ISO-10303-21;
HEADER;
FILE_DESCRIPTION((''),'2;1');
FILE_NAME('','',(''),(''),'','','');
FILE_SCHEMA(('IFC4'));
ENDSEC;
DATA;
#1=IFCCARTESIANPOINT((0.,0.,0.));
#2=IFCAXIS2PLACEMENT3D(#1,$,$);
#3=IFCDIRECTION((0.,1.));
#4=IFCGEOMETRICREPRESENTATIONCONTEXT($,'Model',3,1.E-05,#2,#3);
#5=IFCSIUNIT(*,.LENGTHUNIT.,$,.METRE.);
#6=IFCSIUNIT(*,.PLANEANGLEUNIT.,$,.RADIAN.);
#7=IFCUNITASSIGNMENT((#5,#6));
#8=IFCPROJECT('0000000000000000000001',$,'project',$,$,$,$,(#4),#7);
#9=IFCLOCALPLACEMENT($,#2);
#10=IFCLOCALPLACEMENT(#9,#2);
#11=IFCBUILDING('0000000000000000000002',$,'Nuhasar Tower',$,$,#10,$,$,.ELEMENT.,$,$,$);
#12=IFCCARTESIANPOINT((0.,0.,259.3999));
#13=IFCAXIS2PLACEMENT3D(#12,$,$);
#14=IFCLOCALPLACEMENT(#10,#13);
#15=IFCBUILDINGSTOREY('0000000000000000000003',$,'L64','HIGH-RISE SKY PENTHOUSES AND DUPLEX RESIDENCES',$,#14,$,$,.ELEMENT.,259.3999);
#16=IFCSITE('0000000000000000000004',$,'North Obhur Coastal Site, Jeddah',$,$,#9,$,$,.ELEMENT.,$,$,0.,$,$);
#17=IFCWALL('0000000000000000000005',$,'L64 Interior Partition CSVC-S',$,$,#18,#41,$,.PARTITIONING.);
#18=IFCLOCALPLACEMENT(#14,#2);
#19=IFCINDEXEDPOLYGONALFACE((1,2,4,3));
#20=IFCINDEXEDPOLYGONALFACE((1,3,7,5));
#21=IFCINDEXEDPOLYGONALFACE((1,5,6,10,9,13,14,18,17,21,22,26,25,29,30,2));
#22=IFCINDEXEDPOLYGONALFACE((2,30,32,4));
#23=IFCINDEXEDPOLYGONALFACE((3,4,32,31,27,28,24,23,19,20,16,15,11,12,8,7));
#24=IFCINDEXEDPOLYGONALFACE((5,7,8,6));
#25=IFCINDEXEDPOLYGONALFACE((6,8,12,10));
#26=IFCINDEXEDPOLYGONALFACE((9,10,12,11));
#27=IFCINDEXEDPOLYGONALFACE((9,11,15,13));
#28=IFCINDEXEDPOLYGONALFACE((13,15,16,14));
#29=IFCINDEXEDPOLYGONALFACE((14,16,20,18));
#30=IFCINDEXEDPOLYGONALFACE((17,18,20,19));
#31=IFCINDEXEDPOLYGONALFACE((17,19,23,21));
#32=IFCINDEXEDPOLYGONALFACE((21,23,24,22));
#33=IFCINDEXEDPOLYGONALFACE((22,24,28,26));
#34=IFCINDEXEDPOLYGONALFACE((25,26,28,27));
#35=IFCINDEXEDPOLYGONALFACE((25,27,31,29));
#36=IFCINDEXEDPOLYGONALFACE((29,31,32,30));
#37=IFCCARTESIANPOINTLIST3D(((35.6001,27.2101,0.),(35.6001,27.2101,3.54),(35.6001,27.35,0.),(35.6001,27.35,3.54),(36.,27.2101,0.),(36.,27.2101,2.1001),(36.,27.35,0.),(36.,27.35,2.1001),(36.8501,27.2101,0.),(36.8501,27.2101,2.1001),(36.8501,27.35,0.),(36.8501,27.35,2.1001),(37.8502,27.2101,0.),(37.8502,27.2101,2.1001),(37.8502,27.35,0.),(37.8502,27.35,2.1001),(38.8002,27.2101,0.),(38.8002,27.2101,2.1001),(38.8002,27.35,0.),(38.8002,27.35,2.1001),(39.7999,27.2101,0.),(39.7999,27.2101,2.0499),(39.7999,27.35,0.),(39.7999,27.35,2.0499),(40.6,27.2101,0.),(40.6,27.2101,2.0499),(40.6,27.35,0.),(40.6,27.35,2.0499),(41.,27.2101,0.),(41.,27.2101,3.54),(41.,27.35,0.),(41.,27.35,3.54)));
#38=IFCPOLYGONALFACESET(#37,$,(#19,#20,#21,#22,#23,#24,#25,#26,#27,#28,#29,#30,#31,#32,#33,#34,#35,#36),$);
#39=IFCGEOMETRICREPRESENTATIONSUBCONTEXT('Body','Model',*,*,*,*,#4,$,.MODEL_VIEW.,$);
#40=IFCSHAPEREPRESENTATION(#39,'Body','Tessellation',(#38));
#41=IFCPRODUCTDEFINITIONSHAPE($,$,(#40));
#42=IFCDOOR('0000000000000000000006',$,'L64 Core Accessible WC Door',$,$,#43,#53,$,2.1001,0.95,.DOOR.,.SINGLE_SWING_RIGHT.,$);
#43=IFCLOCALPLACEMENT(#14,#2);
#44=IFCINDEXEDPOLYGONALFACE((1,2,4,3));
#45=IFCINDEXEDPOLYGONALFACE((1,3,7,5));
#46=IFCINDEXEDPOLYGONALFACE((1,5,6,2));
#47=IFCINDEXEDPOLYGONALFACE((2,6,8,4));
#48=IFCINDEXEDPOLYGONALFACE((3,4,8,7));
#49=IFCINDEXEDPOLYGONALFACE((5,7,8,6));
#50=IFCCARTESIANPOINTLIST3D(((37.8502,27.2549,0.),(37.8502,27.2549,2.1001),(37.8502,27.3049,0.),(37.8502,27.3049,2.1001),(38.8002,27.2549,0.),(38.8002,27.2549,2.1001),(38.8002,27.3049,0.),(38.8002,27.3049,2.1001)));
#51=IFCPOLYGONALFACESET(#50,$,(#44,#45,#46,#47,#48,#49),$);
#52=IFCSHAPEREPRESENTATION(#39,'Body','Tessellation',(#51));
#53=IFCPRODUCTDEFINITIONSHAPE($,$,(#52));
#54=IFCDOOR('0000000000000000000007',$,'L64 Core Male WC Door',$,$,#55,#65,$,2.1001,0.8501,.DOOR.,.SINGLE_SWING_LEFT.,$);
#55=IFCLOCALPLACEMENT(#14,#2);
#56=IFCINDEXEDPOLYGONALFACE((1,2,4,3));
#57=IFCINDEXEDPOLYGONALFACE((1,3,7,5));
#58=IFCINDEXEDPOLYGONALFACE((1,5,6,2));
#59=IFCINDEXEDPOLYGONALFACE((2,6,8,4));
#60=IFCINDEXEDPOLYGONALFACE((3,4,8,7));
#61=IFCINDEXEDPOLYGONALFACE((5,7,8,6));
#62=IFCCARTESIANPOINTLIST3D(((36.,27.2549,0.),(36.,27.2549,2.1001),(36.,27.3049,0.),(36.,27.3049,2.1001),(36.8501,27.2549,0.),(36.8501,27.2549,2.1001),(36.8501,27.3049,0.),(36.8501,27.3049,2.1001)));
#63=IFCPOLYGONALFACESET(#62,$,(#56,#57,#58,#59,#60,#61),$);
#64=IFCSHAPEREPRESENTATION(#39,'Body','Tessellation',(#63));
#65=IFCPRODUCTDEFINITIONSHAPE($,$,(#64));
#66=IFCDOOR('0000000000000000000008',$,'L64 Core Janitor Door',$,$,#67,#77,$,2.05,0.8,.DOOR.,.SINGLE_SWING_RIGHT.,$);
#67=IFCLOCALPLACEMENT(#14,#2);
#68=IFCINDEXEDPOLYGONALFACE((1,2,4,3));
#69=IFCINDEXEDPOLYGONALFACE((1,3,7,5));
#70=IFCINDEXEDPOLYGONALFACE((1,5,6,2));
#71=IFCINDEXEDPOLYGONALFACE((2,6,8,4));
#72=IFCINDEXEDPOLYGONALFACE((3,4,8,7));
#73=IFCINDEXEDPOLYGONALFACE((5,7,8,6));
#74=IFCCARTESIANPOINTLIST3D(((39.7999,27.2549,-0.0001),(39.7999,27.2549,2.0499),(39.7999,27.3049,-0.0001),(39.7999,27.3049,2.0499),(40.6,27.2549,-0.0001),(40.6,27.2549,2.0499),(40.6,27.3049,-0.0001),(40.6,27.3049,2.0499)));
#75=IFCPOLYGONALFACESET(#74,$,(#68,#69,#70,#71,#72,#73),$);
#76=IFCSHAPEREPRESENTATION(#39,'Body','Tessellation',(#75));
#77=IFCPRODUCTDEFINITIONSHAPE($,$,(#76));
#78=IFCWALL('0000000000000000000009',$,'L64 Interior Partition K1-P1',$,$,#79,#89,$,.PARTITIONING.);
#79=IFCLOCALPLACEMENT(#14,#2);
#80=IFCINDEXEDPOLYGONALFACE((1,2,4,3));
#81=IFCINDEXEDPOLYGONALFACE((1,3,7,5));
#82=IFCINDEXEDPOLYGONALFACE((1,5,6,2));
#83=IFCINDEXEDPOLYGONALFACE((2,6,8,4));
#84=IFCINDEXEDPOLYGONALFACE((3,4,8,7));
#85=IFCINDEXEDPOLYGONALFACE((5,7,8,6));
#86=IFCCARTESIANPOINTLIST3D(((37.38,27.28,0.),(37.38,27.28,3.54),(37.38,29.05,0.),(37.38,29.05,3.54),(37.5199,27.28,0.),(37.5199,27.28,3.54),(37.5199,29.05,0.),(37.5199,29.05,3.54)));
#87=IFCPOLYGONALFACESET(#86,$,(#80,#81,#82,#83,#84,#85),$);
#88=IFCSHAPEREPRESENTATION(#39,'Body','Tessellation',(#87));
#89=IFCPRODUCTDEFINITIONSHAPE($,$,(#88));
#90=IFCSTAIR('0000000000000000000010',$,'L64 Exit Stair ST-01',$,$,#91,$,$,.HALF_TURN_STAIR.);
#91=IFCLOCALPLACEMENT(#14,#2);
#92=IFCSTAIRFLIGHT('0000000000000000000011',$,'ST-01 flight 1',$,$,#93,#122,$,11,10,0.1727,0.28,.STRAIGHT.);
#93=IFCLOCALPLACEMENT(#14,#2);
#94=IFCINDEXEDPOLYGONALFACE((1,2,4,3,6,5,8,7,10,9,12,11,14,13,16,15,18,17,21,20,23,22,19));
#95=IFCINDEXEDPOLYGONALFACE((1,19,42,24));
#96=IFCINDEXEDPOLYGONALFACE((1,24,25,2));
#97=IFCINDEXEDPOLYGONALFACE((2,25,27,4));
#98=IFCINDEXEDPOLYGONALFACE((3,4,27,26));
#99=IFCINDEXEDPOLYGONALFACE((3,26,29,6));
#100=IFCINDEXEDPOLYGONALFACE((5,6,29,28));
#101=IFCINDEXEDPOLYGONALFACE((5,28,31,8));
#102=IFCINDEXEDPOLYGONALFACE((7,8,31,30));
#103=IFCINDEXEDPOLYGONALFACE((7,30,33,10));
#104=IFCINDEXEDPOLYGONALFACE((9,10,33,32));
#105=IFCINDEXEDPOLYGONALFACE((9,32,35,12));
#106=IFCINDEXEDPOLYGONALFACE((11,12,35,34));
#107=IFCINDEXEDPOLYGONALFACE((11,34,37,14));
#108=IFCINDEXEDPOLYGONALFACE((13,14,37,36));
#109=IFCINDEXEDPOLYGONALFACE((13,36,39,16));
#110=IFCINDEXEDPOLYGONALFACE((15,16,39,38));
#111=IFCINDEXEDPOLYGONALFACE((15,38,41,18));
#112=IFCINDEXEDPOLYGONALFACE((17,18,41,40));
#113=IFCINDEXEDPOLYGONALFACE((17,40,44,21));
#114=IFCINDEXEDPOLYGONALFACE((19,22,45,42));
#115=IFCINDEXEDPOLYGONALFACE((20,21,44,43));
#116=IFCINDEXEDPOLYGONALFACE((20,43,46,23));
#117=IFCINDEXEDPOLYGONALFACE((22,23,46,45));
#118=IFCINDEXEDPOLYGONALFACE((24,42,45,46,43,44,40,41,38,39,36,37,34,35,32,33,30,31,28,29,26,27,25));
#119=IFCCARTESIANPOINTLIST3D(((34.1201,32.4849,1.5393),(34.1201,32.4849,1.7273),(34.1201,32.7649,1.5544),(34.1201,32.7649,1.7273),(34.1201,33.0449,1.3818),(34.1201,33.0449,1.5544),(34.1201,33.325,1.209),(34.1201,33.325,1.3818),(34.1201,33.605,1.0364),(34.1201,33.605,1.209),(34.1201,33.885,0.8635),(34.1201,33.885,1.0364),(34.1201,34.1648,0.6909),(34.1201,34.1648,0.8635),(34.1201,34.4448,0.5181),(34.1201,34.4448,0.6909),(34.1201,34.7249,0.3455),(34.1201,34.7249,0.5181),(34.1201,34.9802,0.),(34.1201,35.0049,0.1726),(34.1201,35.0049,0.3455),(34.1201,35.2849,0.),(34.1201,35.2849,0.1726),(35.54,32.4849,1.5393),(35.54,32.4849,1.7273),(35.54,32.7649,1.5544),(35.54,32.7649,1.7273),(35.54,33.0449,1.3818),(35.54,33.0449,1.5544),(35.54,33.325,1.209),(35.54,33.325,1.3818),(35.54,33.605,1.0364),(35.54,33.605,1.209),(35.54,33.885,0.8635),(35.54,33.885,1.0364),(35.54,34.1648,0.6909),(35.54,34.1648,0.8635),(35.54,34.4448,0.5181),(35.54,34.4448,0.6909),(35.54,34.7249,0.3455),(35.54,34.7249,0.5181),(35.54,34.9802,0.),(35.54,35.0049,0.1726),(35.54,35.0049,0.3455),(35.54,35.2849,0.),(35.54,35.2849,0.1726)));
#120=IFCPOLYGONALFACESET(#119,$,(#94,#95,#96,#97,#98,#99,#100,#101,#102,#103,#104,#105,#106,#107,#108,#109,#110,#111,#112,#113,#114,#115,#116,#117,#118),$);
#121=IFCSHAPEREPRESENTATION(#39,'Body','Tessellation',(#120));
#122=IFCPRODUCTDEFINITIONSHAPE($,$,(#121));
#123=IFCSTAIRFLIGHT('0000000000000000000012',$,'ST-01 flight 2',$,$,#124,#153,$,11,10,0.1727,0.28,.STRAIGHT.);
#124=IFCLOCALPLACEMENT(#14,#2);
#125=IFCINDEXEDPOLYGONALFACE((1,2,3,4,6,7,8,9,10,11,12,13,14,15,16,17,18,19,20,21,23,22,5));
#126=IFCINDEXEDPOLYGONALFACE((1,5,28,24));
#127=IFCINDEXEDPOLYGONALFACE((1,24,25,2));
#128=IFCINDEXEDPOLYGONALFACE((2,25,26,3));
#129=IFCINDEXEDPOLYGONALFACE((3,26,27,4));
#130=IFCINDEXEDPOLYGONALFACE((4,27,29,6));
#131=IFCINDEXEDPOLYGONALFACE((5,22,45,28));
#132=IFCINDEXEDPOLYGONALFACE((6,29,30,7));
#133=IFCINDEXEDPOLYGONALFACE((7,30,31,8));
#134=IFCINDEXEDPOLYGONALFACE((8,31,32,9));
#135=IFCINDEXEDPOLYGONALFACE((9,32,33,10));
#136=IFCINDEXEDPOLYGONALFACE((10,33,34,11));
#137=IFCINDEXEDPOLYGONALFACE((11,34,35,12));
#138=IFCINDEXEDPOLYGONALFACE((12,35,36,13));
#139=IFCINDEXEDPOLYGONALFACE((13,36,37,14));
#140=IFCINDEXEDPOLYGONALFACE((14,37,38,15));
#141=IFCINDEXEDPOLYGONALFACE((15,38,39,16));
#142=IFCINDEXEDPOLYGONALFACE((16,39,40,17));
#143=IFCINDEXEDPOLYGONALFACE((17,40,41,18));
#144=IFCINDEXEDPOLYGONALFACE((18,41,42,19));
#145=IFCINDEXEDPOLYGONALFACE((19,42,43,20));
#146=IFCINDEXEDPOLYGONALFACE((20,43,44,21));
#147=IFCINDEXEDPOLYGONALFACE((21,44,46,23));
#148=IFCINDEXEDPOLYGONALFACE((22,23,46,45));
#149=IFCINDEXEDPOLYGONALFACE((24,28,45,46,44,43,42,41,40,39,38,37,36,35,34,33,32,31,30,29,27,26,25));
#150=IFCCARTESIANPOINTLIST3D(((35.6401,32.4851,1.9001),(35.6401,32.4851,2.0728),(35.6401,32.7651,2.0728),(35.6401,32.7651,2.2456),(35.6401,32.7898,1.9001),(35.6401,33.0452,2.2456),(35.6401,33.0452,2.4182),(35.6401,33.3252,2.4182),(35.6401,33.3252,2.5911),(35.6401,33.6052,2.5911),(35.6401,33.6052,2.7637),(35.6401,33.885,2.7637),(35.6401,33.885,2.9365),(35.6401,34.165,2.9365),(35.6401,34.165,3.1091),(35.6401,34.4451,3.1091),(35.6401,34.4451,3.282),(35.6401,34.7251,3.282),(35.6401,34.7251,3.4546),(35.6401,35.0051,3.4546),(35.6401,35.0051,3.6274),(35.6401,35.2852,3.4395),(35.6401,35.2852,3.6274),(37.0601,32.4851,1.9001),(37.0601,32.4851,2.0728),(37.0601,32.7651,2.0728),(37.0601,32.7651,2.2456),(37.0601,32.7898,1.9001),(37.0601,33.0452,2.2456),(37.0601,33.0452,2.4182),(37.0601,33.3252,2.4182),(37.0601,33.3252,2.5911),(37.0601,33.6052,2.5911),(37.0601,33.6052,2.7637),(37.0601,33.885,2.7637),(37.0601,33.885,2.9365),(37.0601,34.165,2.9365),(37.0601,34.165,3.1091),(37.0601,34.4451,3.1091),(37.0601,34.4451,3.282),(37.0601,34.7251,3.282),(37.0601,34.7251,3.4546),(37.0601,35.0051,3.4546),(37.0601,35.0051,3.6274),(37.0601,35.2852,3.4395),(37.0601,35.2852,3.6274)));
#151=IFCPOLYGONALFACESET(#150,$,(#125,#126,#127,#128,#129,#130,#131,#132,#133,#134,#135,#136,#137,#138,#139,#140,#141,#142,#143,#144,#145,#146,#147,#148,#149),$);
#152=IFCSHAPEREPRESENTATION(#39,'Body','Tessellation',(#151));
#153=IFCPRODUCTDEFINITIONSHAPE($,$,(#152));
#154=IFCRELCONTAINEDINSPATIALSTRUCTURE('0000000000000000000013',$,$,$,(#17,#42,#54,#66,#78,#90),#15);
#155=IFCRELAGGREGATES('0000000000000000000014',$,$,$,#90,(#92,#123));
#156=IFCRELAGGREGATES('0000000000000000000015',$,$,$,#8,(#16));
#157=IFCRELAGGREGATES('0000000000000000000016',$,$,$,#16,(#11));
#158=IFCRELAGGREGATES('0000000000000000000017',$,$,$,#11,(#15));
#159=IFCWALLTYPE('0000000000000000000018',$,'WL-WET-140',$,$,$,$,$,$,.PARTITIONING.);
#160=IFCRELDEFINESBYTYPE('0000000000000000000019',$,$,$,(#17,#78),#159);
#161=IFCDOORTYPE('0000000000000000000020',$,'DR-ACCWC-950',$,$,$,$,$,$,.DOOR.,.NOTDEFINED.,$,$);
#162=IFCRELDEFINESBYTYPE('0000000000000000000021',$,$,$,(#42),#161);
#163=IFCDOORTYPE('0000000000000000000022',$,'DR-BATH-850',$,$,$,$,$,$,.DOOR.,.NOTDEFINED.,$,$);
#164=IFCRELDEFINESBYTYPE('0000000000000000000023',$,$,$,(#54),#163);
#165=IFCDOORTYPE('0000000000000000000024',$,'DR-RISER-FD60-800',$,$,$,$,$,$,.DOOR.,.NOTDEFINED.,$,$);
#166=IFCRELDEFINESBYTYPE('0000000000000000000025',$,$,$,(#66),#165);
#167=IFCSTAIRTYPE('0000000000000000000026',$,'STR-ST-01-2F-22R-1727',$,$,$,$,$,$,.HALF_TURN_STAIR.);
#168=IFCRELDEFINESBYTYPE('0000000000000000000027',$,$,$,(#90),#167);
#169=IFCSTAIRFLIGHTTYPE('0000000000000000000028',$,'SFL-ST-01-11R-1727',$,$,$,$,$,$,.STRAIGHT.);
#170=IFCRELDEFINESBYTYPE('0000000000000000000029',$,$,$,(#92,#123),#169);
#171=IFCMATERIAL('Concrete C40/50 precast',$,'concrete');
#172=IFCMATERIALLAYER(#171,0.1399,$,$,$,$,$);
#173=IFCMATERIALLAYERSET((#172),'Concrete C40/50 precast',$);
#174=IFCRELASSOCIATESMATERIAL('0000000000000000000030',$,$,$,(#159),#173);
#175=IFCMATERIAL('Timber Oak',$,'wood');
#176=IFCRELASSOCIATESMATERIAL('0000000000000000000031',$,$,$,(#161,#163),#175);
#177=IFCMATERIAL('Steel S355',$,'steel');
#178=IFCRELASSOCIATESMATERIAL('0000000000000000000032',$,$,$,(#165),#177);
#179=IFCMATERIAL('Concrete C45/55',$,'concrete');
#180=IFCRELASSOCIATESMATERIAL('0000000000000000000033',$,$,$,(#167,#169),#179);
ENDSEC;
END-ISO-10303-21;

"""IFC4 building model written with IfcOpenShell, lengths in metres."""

from ifc_helpers import new_model, si_unit, direction, frame, frame_2d, origin, place, context, subcontext, project, spatial, polyline, rectangle, outline, extrude, material, layer, layer_set, type_object, element, fill, aggregate, save


model = new_model("IFC4")

# Units and contexts
model_context = context("Model", 3, precision=1e-05, world=origin(), true_north=direction((0.0, 1.0)))
body_context = subcontext(model_context, "Body", "Model", "MODEL_VIEW")
ifc_project = project(units=[si_unit("LENGTHUNIT", "METRE"), si_unit("PLANEANGLEUNIT", "RADIAN")], contexts=[model_context])

# Site, building, storey
site_placement = place(None, origin())
site = spatial("IfcSite", under=ifc_project, at=site_placement, Name="North Obhur Coastal Site, Jeddah", CompositionType="ELEMENT", RefElevation=0.0)
building_placement = place(site_placement, origin())
building = spatial("IfcBuilding", under=site, at=building_placement, Name="Nuhasar Tower", CompositionType="ELEMENT")
storey_placement = place(building_placement, frame((0.0, 0.0, 259.3999)))
storey = spatial("IfcBuildingStorey", under=building, at=storey_placement, Name="L64", Description="HIGH-RISE SKY PENTHOUSES AND DUPLEX RESIDENCES", CompositionType="ELEMENT", Elevation=259.3999)

# Shared definitions
ifc_material_1 = material(Name="Steel S355", Category="steel")

# Shared definitions
ifc_material_2 = material(Name="Concrete C40/50 precast", Category="concrete")
ifc_layer_1 = layer(ifc_material_2, 0.1399)
ifc_layer_set_1 = layer_set([ifc_layer_1], Name="Concrete C40/50 precast")
wall_type_1 = type_object("IfcWallType", Name="WL-WET-140", PredefinedType="PARTITIONING", material=ifc_layer_set_1)

# Wall, openings, doors
wall_1_placement = place(storey_placement, frame((35.6001, 27.28, 0.0), z_axis=(0.0, 0.0, 1.0), x_axis=(1.0, 0.0, 0.0)))
wall_1 = element("IfcWall", 1, at=wall_1_placement, inside=storey, type_object=wall_type_1, Name="L64 Interior Partition CSVC-S", PredefinedType="PARTITIONING", context=body_context, shape_type="SweptSolid", body=[
    extrude(rectangle(XDim=5.3999, YDim=0.1399, at=frame_2d((2.7, 0.0))), origin(), (0.0, 0.0, 1.0), 3.54),
])
opening_1_placement = place(wall_1_placement, frame((0.3999, 0.0, 0.0)))
opening_1 = element("IfcOpeningElement", 2, at=opening_1_placement, cuts=wall_1, PredefinedType="OPENING", context=body_context, shape_type="SweptSolid", body=[
    extrude(rectangle(XDim=0.8501, YDim=2.1001, at=frame_2d((0.425, 1.05))), frame((0.0, 0.0801, 0.0), z_axis=(0.0, -1.0, 0.0), x_axis=(1.0, 0.0, 0.0)), (0.0, 0.0, 1.0), 0.1599),
])
opening_2_placement = place(wall_1_placement, frame((2.25, 0.0, 0.0)))
opening_2 = element("IfcOpeningElement", 3, at=opening_2_placement, cuts=wall_1, PredefinedType="OPENING", context=body_context, shape_type="SweptSolid", body=[
    extrude(rectangle(XDim=0.95, YDim=2.1001, at=frame_2d((0.4751, 1.05))), frame((0.0, 0.0801, 0.0), z_axis=(0.0, -1.0, 0.0), x_axis=(1.0, 0.0, 0.0)), (0.0, 0.0, 1.0), 0.1599),
])
opening_3_placement = place(wall_1_placement, frame((4.2, 0.0, 0.0)))
opening_3 = element("IfcOpeningElement", 4, at=opening_3_placement, cuts=wall_1, PredefinedType="OPENING", context=body_context, shape_type="SweptSolid", body=[
    extrude(rectangle(XDim=0.8, YDim=2.05, at=frame_2d((0.3999, 1.0249))), frame((0.0, 0.0801, 0.0), z_axis=(0.0, -1.0, 0.0), x_axis=(1.0, 0.0, 0.0)), (0.0, 0.0, 1.0), 0.1599),
])
ifc_material_3 = material(Name="Timber Oak", Category="wood")
door_type_1 = type_object("IfcDoorType", Name="DR-ACCWC-950", OperationType="NOTDEFINED", PredefinedType="DOOR", material=ifc_material_3)
door_1_placement = place(opening_2_placement, origin())
door_1 = element("IfcDoor", 5, at=door_1_placement, inside=storey, type_object=door_type_1, Name="L64 Core Accessible WC Door", OperationType="SINGLE_SWING_RIGHT", OverallHeight=2.1001, OverallWidth=0.95, PredefinedType="DOOR", context=body_context, shape_type="SweptSolid", body=[
    extrude(rectangle(XDim=0.95, YDim=2.1001, at=frame_2d((0.4751, 1.05))), frame((0.0, 0.0249, 0.0), z_axis=(0.0, -1.0, 0.0), x_axis=(1.0, 0.0, 0.0)), (0.0, 0.0, 1.0), 0.05),
])
fill(opening_2, door_1)
door_type_2 = type_object("IfcDoorType", Name="DR-BATH-850", OperationType="NOTDEFINED", PredefinedType="DOOR", material=ifc_material_3)
door_2_placement = place(opening_1_placement, origin())
door_2 = element("IfcDoor", 6, at=door_2_placement, inside=storey, type_object=door_type_2, Name="L64 Core Male WC Door", OperationType="SINGLE_SWING_LEFT", OverallHeight=2.1001, OverallWidth=0.8501, PredefinedType="DOOR", context=body_context, shape_type="SweptSolid", body=[
    extrude(rectangle(XDim=0.8501, YDim=2.1001, at=frame_2d((0.425, 1.05))), frame((0.0, 0.0249, 0.0), z_axis=(0.0, -1.0, 0.0), x_axis=(1.0, 0.0, 0.0)), (0.0, 0.0, 1.0), 0.05),
])
fill(opening_1, door_2)
door_type_3 = type_object("IfcDoorType", Name="DR-RISER-FD60-800", OperationType="NOTDEFINED", PredefinedType="DOOR", material=ifc_material_1)
door_3_placement = place(opening_3_placement, origin())
door_3 = element("IfcDoor", 7, at=door_3_placement, inside=storey, type_object=door_type_3, Name="L64 Core Janitor Door", OperationType="SINGLE_SWING_RIGHT", OverallHeight=2.05, OverallWidth=0.8, PredefinedType="DOOR", context=body_context, shape_type="SweptSolid", body=[
    extrude(rectangle(XDim=0.8, YDim=2.05, at=frame_2d((0.3999, 1.0249))), frame((0.0, 0.0249, 0.0), z_axis=(0.0, -1.0, 0.0), x_axis=(1.0, 0.0, 0.0)), (0.0, 0.0, 1.0), 0.05),
])
fill(opening_3, door_3)

# Wall
wall_2_placement = place(storey_placement, frame((37.45, 27.28, 0.0), z_axis=(0.0, 0.0, 1.0), x_axis=(0.0, 1.0, 0.0)))
element("IfcWall", 8, at=wall_2_placement, inside=storey, type_object=wall_type_1, Name="L64 Interior Partition K1-P1", PredefinedType="PARTITIONING", context=body_context, shape_type="SweptSolid", body=[
    extrude(rectangle(XDim=1.77, YDim=0.1399, at=frame_2d((0.885, 0.0))), origin(), (0.0, 0.0, 1.0), 3.54),
])

# Stair, stair flights
ifc_material_4 = material(Name="Concrete C45/55", Category="concrete")
stair_type_1 = type_object("IfcStairType", Name="STR-ST-01-2F-22R-1727", PredefinedType="HALF_TURN_STAIR", material=ifc_material_4)
stair_1_placement = place(storey_placement, origin())
stair_1 = element("IfcStair", 9, at=stair_1_placement, inside=storey, type_object=stair_type_1, Name="L64 Exit Stair ST-01", PredefinedType="HALF_TURN_STAIR")
stair_flight_type_1 = type_object("IfcStairFlightType", Name="SFL-ST-01-11R-1727", PredefinedType="STRAIGHT", material=ifc_material_4)
stair_flight_1_placement = place(storey_placement, frame((34.8301, 35.2849, 0.0), z_axis=(0.0, 0.0, 1.0), x_axis=(0.0, -1.0, 0.0)))
stair_flight_1 = element("IfcStairFlight", 10, at=stair_flight_1_placement, type_object=stair_flight_type_1, Name="ST-01 flight 1", NumberOfRisers=11, NumberOfTreads=10, PredefinedType="STRAIGHT", RiserHeight=0.1727, TreadLength=0.28, context=body_context, shape_type="SweptSolid", body=[
    extrude(outline(polyline([(0.0, 0.0), (0.0, 0.1726), (0.28, 0.1726), (0.28, 0.3455), (0.5601, 0.3455), (0.5601, 0.5181), (0.8401, 0.5181), (0.8401, 0.6909), (1.1201, 0.6909), (1.1201, 0.8635), (1.3999, 0.8635), (1.3999, 1.0364), (1.6799, 1.0364), (1.6799, 1.209), (1.96, 1.209), (1.96, 1.3818), (2.24, 1.3818), (2.24, 1.5544), (2.52, 1.5544), (2.52, 1.7273), (2.8, 1.7273), (2.8, 1.8999), (2.8, 1.5393), (0.3047, 0.0), (0.0, 0.0)])), frame((0.0, 0.71, 0.0), z_axis=(0.0, -1.0, 0.0), x_axis=(1.0, 0.0, 0.0)), (0.0, 0.0, 1.0), 1.4199),
])
stair_flight_2_placement = place(storey_placement, frame((36.3501, 32.4851, 1.9001), z_axis=(0.0, 0.0, 1.0), x_axis=(0.0, 1.0, 0.0)))
stair_flight_2 = element("IfcStairFlight", 11, at=stair_flight_2_placement, type_object=stair_flight_type_1, Name="ST-01 flight 2", NumberOfRisers=11, NumberOfTreads=10, PredefinedType="STRAIGHT", RiserHeight=0.1727, TreadLength=0.28, context=body_context, shape_type="SweptSolid", body=[
    extrude(outline(polyline([(0.0, 0.0), (0.0, 0.1726), (0.28, 0.1726), (0.28, 0.3455), (0.5601, 0.3455), (0.5601, 0.5181), (0.8401, 0.5181), (0.8401, 0.6909), (1.1201, 0.6909), (1.1201, 0.8635), (1.3999, 0.8635), (1.3999, 1.0364), (1.6799, 1.0364), (1.6799, 1.209), (1.96, 1.209), (1.96, 1.3818), (2.24, 1.3818), (2.24, 1.5544), (2.52, 1.5544), (2.52, 1.7273), (2.8, 1.7273), (2.8, 1.8999), (2.8, 1.5393), (0.3047, 0.0), (0.0, 0.0)])), frame((0.0, 0.71, 0.0), z_axis=(0.0, -1.0, 0.0), x_axis=(1.0, 0.0, 0.0)), (0.0, 0.0, 1.0), 1.4199),
])
aggregate(stair_1, [stair_flight_1, stair_flight_2])

save(model, "model.ifc")
